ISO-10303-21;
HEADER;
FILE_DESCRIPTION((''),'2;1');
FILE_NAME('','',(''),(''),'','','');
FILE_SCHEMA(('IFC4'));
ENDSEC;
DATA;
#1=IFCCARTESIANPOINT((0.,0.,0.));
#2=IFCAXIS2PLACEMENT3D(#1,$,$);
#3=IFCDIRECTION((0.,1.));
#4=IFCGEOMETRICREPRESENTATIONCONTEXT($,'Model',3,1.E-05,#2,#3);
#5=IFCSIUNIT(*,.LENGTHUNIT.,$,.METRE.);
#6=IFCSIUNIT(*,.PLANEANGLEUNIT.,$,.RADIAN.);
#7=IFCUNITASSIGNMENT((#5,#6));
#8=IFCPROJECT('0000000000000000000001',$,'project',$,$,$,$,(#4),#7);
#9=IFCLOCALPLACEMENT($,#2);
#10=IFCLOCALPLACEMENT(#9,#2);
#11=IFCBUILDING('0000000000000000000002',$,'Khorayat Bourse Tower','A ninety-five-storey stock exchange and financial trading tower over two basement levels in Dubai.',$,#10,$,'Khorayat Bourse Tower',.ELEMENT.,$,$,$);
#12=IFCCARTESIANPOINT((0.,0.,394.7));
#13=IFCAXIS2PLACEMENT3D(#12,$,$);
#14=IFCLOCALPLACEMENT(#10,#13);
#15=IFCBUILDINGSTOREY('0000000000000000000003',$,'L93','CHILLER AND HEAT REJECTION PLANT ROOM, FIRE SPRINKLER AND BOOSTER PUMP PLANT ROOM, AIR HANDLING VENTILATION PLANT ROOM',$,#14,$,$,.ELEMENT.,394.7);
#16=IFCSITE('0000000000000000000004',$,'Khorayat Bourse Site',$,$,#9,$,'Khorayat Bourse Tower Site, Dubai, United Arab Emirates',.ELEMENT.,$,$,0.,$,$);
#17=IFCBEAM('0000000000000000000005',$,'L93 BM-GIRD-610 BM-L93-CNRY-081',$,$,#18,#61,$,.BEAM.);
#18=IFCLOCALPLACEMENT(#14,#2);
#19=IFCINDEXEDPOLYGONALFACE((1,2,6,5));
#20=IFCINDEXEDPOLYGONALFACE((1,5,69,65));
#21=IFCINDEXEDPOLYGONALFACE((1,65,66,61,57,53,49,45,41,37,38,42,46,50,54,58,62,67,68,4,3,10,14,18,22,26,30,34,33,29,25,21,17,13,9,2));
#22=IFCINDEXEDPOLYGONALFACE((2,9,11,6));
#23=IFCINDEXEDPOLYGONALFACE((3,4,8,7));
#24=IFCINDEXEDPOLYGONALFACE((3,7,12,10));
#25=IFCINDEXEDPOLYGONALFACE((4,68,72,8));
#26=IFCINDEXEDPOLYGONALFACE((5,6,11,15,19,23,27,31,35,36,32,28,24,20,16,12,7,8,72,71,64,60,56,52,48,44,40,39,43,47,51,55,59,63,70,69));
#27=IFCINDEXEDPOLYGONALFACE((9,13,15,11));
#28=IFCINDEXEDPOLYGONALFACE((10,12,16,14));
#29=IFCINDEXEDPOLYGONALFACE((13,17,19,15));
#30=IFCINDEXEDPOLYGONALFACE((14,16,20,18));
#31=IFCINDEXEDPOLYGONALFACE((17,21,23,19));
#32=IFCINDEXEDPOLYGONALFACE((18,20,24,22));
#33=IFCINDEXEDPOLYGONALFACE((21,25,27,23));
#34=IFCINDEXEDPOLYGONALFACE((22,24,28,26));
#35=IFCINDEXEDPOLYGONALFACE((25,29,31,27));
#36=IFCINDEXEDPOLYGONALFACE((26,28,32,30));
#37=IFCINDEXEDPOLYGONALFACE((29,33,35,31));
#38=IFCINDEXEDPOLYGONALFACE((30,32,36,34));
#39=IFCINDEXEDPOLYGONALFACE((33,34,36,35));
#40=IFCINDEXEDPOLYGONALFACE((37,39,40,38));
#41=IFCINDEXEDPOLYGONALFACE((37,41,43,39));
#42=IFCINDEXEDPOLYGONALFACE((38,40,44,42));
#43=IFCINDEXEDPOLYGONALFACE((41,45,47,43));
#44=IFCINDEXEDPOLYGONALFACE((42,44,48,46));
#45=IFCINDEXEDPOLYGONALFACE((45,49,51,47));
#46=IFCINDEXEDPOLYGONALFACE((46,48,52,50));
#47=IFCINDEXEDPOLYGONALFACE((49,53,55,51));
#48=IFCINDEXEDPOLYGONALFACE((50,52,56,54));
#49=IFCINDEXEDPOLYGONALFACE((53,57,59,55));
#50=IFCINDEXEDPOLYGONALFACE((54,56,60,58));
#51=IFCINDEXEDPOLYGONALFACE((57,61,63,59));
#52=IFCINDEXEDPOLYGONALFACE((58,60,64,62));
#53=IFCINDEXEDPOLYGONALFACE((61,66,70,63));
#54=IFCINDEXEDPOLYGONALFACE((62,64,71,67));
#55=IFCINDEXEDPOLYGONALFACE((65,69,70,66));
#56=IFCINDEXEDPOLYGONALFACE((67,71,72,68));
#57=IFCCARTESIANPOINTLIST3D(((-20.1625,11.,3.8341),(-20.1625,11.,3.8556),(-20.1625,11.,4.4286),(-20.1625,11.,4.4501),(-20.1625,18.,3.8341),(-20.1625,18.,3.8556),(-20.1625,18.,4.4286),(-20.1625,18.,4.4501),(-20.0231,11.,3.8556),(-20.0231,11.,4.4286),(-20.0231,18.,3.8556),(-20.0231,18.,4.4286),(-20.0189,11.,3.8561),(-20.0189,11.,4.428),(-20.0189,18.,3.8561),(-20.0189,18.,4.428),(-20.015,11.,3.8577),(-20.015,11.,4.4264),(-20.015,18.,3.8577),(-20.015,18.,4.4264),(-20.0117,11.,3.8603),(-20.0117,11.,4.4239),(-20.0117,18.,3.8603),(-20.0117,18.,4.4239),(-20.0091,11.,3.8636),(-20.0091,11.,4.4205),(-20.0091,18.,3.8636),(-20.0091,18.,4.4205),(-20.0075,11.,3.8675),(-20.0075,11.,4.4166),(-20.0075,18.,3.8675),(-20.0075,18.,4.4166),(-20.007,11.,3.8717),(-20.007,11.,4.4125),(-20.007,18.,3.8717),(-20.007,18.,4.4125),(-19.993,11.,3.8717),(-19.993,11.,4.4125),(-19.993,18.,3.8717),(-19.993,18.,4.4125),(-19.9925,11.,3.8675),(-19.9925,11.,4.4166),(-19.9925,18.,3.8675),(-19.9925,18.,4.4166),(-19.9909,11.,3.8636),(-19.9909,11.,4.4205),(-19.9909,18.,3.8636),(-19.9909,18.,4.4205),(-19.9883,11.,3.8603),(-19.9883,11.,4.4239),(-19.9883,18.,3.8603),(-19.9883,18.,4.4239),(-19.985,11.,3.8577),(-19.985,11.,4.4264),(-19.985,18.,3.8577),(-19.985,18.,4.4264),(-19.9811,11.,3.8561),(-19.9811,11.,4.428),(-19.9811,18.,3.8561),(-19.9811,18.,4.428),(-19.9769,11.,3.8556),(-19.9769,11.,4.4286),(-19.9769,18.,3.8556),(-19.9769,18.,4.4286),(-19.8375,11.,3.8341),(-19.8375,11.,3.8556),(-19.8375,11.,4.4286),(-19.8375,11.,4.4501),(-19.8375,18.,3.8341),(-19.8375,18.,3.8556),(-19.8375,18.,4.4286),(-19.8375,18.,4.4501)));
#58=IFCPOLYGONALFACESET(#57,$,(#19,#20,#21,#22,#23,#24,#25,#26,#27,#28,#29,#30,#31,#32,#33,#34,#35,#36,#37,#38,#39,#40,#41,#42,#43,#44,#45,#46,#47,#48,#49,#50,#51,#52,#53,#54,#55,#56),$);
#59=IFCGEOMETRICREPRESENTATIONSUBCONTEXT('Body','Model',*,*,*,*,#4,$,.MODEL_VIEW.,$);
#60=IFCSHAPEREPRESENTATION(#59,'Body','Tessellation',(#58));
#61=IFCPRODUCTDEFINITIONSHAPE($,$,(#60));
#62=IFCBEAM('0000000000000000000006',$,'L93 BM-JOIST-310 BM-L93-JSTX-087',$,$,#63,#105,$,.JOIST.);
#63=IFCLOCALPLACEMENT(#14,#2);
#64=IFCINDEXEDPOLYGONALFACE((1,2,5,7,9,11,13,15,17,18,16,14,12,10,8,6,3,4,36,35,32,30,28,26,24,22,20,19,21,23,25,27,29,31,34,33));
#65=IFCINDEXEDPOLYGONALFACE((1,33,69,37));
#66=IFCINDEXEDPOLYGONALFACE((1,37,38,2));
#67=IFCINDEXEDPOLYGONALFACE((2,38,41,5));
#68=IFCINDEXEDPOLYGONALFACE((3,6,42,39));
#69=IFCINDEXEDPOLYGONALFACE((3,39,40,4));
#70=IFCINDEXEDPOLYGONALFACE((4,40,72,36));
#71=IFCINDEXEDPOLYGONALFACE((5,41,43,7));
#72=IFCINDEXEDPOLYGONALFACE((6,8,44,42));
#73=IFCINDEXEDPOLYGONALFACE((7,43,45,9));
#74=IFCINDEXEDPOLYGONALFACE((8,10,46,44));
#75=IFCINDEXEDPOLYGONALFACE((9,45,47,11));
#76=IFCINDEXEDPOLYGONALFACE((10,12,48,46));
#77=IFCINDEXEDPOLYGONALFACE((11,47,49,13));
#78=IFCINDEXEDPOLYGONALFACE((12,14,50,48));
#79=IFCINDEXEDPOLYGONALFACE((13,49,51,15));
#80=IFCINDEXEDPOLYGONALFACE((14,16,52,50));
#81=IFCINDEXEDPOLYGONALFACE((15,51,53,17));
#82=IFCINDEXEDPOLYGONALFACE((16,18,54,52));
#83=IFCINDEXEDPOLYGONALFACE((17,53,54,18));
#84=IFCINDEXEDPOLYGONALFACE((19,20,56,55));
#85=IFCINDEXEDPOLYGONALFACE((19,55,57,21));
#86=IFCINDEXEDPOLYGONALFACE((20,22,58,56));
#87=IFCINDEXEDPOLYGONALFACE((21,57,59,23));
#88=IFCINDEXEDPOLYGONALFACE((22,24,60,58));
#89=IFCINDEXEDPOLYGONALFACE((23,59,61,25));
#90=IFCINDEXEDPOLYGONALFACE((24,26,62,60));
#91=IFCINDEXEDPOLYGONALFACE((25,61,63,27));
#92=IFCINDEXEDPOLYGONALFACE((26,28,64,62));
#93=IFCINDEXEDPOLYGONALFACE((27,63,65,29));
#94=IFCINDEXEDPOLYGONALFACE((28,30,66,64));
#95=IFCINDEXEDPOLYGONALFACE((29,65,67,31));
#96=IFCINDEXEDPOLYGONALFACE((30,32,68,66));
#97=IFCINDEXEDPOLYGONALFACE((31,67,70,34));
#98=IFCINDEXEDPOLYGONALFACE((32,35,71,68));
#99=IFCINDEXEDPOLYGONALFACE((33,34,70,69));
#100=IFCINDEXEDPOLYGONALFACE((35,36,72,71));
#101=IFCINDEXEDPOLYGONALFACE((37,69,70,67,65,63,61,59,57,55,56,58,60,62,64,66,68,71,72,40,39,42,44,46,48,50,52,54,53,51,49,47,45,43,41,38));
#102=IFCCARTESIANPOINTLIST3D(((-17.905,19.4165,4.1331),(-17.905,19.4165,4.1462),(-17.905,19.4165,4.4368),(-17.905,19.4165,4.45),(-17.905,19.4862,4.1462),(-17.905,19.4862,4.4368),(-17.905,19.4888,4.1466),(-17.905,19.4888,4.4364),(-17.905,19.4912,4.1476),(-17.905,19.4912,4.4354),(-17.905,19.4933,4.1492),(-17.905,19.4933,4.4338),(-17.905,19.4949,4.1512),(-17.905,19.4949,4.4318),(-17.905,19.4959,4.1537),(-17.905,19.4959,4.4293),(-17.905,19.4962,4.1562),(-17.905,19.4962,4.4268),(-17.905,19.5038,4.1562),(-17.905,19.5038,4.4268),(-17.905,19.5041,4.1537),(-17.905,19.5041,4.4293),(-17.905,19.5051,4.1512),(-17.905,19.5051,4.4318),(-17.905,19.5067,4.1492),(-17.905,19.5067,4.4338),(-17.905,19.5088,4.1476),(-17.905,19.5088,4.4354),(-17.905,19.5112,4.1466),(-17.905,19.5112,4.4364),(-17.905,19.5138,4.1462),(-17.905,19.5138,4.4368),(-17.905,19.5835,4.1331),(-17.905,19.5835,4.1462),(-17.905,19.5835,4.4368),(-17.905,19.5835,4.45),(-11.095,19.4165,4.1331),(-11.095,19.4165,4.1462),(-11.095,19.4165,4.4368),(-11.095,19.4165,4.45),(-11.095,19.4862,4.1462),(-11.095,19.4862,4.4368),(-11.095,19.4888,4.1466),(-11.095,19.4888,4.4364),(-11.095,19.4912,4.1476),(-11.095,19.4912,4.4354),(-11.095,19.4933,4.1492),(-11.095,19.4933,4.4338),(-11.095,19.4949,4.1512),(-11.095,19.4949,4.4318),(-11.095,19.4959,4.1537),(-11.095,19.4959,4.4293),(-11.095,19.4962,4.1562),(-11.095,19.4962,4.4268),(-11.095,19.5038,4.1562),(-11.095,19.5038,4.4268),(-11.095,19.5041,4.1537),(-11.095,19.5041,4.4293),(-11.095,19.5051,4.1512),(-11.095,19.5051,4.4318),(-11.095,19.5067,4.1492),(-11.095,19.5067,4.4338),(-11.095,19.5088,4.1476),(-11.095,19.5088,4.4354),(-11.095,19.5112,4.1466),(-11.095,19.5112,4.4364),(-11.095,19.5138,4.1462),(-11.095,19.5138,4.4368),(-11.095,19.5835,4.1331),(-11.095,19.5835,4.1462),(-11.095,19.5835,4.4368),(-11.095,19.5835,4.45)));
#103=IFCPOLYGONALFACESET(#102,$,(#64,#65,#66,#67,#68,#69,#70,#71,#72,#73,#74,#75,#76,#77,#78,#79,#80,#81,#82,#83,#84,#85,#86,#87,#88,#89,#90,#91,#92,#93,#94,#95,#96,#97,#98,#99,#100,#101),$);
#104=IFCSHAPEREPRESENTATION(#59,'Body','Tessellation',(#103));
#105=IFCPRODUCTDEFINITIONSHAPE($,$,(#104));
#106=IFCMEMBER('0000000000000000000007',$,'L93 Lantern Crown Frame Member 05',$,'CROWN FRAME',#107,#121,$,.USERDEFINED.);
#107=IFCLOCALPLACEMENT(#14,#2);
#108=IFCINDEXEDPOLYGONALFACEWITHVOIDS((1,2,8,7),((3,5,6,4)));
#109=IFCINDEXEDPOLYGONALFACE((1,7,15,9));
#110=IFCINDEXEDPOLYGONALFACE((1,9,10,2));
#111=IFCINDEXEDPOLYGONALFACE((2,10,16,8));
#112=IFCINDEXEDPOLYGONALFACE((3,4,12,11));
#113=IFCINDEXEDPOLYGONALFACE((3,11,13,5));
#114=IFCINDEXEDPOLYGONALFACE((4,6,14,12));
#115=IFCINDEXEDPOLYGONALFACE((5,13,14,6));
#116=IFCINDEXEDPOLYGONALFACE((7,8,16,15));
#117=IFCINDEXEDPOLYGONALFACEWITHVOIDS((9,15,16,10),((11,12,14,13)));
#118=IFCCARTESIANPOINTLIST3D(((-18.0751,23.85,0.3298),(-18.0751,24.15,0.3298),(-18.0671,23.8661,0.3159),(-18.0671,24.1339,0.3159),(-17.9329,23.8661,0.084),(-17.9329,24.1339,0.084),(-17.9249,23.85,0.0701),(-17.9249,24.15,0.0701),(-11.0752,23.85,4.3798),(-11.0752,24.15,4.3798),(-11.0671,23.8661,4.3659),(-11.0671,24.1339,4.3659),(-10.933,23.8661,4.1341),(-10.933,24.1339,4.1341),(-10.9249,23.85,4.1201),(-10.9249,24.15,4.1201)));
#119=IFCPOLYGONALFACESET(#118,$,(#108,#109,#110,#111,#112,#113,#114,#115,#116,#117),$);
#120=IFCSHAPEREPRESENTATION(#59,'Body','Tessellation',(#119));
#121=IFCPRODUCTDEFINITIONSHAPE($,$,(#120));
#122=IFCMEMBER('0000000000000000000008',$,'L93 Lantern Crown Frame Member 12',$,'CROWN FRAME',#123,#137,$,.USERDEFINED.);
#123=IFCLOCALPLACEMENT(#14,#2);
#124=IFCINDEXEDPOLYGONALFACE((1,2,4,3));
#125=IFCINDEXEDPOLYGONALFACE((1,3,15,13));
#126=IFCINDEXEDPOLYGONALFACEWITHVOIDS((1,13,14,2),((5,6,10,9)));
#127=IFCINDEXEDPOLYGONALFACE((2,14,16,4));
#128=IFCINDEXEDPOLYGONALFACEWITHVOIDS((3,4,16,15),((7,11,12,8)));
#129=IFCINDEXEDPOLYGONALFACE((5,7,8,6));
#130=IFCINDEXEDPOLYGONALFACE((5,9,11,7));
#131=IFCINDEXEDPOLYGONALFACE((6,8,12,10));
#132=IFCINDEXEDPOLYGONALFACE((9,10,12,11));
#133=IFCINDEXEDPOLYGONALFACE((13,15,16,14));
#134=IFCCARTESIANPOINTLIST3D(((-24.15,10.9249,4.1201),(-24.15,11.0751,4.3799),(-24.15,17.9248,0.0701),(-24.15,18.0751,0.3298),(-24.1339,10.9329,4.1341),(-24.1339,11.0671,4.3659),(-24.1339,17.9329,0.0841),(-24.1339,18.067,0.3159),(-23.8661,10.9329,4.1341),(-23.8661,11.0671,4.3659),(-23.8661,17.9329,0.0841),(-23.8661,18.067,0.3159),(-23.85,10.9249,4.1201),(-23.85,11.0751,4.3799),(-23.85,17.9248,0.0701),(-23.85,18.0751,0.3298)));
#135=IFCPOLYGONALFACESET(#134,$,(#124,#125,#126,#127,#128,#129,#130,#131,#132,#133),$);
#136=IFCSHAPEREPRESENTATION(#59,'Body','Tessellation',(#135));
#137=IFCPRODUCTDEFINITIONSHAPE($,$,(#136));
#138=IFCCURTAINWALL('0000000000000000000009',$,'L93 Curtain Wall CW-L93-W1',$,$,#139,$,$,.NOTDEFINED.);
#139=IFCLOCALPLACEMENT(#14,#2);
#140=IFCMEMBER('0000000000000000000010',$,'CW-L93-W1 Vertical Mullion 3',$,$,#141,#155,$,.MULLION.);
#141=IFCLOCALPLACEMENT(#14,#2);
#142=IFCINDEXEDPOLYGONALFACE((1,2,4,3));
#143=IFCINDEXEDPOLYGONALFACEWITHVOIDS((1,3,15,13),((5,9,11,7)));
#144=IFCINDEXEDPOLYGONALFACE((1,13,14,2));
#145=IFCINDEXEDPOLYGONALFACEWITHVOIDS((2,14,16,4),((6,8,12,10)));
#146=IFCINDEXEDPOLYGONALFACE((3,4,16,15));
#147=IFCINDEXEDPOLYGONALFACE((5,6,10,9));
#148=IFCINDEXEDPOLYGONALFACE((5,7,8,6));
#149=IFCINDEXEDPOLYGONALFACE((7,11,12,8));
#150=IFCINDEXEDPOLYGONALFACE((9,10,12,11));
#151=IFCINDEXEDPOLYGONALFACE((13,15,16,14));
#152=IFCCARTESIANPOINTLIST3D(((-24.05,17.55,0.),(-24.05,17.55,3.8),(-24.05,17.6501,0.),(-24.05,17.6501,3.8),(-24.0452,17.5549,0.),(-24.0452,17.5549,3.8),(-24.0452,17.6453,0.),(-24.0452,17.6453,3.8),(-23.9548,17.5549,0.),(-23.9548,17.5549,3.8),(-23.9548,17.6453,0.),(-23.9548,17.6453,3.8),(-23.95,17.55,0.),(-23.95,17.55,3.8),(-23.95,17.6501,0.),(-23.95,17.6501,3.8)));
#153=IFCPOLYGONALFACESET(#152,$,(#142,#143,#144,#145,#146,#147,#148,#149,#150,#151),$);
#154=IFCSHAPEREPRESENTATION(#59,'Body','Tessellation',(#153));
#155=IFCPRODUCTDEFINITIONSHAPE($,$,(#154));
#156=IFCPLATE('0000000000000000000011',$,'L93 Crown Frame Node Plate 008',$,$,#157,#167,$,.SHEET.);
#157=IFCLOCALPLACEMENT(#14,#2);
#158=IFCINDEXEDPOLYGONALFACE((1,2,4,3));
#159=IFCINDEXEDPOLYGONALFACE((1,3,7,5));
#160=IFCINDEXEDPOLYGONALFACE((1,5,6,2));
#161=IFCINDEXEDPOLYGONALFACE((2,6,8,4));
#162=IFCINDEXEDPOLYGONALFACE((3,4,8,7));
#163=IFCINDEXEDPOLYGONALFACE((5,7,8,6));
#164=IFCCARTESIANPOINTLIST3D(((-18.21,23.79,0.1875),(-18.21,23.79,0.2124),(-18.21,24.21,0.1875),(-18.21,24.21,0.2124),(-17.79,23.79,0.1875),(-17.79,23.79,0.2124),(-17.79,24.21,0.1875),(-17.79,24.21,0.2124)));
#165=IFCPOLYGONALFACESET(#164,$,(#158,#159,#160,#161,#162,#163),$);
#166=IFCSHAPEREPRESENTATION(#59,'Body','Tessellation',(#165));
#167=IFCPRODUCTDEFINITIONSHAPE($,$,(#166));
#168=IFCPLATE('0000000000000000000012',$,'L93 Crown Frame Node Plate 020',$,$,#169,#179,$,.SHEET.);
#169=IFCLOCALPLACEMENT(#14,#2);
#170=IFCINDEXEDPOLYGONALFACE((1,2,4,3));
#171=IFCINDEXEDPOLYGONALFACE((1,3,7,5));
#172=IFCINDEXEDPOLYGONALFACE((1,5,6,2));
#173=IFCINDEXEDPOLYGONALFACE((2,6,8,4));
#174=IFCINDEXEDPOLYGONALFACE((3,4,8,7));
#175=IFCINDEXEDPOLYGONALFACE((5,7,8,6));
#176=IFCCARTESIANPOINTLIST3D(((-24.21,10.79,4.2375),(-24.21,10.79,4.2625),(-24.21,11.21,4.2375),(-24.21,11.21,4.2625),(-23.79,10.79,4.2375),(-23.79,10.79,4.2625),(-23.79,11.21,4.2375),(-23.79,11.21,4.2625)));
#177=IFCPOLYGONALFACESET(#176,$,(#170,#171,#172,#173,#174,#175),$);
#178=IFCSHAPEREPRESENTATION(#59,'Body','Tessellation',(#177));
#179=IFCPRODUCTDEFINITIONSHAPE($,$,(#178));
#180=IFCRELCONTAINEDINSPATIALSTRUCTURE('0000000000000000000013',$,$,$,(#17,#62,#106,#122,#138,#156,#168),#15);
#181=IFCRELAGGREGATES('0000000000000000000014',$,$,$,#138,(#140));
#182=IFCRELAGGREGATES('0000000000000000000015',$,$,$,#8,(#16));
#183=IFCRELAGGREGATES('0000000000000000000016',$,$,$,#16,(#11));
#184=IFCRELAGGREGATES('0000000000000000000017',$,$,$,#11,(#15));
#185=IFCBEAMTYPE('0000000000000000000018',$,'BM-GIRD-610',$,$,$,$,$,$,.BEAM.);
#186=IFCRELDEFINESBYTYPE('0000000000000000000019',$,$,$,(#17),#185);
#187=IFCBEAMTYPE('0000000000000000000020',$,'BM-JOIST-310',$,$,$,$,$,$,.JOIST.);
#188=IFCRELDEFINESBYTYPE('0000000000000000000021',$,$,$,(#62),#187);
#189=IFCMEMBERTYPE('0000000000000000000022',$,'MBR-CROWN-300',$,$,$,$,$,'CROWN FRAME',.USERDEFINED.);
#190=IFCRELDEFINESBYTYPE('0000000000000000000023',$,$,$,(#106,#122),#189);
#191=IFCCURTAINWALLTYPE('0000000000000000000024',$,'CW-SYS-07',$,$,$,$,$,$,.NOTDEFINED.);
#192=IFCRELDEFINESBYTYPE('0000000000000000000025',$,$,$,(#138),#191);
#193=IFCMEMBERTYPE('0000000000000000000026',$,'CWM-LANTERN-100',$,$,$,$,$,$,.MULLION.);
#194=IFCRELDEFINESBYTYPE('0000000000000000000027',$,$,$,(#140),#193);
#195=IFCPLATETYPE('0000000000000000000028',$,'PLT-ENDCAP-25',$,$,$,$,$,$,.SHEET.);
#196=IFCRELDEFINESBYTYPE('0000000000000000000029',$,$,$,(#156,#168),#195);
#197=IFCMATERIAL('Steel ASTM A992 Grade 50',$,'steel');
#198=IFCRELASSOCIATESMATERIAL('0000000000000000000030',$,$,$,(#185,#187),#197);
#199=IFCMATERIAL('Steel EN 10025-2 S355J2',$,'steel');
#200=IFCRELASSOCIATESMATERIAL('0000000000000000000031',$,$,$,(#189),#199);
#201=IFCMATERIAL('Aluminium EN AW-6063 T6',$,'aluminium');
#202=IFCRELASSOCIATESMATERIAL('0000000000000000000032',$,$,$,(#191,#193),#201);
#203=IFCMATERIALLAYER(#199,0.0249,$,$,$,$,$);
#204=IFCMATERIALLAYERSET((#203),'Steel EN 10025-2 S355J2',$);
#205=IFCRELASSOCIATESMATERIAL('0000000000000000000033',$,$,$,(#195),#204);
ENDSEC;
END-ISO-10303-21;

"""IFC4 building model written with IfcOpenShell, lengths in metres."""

from ifc_helpers import new_model, si_unit, direction, frame, origin, origin_2d, place, context, subcontext, project, spatial, rectangle, hollow_rectangle, i_section, extrude, source, transform, mapped, material, layer, layer_set, material_profile, profile_set, type_object, element, aggregate, save


model = new_model("IFC4")

# Units and contexts
model_context = context("Model", 3, precision=1e-05, world=origin(), true_north=direction((0.0, 1.0)))
body_context = subcontext(model_context, "Body", "Model", "MODEL_VIEW")
ifc_project = project(units=[si_unit("LENGTHUNIT", "METRE"), si_unit("PLANEANGLEUNIT", "RADIAN")], contexts=[model_context])

# Site, building, storey
site_placement = place(None, origin())
site = spatial("IfcSite", under=ifc_project, at=site_placement, Name="Khorayat Bourse Site", LongName="Khorayat Bourse Tower Site, Dubai, United Arab Emirates", CompositionType="ELEMENT", RefElevation=0.0)
building_placement = place(site_placement, origin())
building = spatial("IfcBuilding", under=site, at=building_placement, Name="Khorayat Bourse Tower", Description="A ninety-five-storey stock exchange and financial trading tower over two basement levels in Dubai.", LongName="Khorayat Bourse Tower", CompositionType="ELEMENT")
storey_placement = place(building_placement, frame((0.0, 0.0, 394.7)))
storey = spatial("IfcBuildingStorey", under=building, at=storey_placement, Name="L93", Description="CHILLER AND HEAT REJECTION PLANT ROOM, FIRE SPRINKLER AND BOOSTER PUMP PLANT ROOM, AIR HANDLING VENTILATION PLANT ROOM", CompositionType="ELEMENT", Elevation=394.7)

# Shared definitions
ifc_material_1 = material(Name="Steel EN 10025-2 S355J2", Category="steel")

# Beams
ifc_material_2 = material(Name="Steel ASTM A992 Grade 50", Category="steel")
ifc_material_profile_1 = material_profile(ifc_material_2, i_section(OverallWidth=0.325, OverallDepth=0.616, WebThickness=0.0139, FlangeThickness=0.0215, FilletRadius=0.0161, at=origin_2d()), Name="W610X174")
ifc_profile_set_1 = profile_set([ifc_material_profile_1], Name="Steel ASTM A992 Grade 50")
beam_type_1 = type_object("IfcBeamType", Name="BM-GIRD-610", PredefinedType="BEAM", material=ifc_profile_set_1)
shared_shape_1 = source(origin(), body_context, "Body", "SweptSolid", [
    extrude(i_section(OverallWidth=0.325, OverallDepth=0.616, WebThickness=0.0139, FlangeThickness=0.0215, FilletRadius=0.0161, at=origin_2d()), origin(), (0.0, 0.0, 1.0), 7.0),
])
for number, where, z_axis, x_axis, name in (
    (1, (-20.0, 11.0, 4.1421), (0.0, 1.0, 0.0), (-1.0, 0.0, 0.0), "L93 BM-GIRD-610 BM-L93-CNRY-081"),
):
    element("IfcBeam", number, at=place(storey_placement, frame(where, z_axis=z_axis, x_axis=x_axis)), inside=storey, type_object=beam_type_1, Name=name, PredefinedType="BEAM", context=body_context, shape_type="MappedRepresentation", body=[
        mapped(shared_shape_1, transform((0.0, 0.0, 0.0), scale=1.0)),
    ])
ifc_material_profile_2 = material_profile(ifc_material_2, i_section(OverallWidth=0.167, OverallDepth=0.3169, WebThickness=0.0076, FlangeThickness=0.0132, FilletRadius=0.01, at=origin_2d()), Name="W310X52")
ifc_profile_set_2 = profile_set([ifc_material_profile_2], Name="Steel ASTM A992 Grade 50")
beam_type_2 = type_object("IfcBeamType", Name="BM-JOIST-310", PredefinedType="JOIST", material=ifc_profile_set_2)
shared_shape_2 = source(origin(), body_context, "Body", "SweptSolid", [
    extrude(i_section(OverallWidth=0.167, OverallDepth=0.3169, WebThickness=0.0076, FlangeThickness=0.0132, FilletRadius=0.01, at=origin_2d()), origin(), (0.0, 0.0, 1.0), 6.8101),
])
beam_1_placement = place(storey_placement, frame((-17.905, 19.5, 4.2915), z_axis=(1.0, 0.0, 0.0), x_axis=(0.0, 1.0, 0.0)))
element("IfcBeam", 2, at=beam_1_placement, inside=storey, type_object=beam_type_2, Name="L93 BM-JOIST-310 BM-L93-JSTX-087", PredefinedType="JOIST", context=body_context, shape_type="MappedRepresentation", body=[
    mapped(shared_shape_2, transform((0.0, 0.0, 0.0), scale=1.0)),
])

# Members
ifc_material_profile_3 = material_profile(ifc_material_1, hollow_rectangle(XDim=0.3, YDim=0.3, WallThickness=0.0161, at=origin_2d()), Name="HSS 300x300x16")
ifc_profile_set_3 = profile_set([ifc_material_profile_3], Name="Steel EN 10025-2 S355J2")
member_type_1 = type_object("IfcMemberType", Name="MBR-CROWN-300", ElementType="CROWN FRAME", PredefinedType="USERDEFINED", material=ifc_profile_set_3)
shared_shape_3 = source(origin(), body_context, "Body", "SweptSolid", [
    extrude(hollow_rectangle(XDim=0.3, YDim=0.3, WallThickness=0.0161, at=origin_2d()), origin(), (0.0, 0.0, 1.0), 8.0872),
])
for number, where, z_axis, x_axis, name in (
    (3, (-18.0, 24.0, 0.2), (0.865565, 0.0, 0.500797), (0.0, 1.0, 0.0), "L93 Lantern Crown Frame Member 05"),
    (4, (-24.0, 11.0, 4.25), (0.0, 0.865565, -0.500797), (-1.0, 0.0, 0.0), "L93 Lantern Crown Frame Member 12"),
):
    element("IfcMember", number, at=place(storey_placement, frame(where, z_axis=z_axis, x_axis=x_axis)), inside=storey, type_object=member_type_1, Name=name, ObjectType="CROWN FRAME", PredefinedType="USERDEFINED", context=body_context, shape_type="MappedRepresentation", body=[
        mapped(shared_shape_3, transform((0.0, 0.0, 0.0), scale=1.0)),
    ])

# Curtain wall, member
ifc_material_3 = material(Name="Aluminium EN AW-6063 T6", Category="aluminium")
curtain_wall_type = type_object("IfcCurtainWallType", Name="CW-SYS-07", PredefinedType="NOTDEFINED", material=ifc_material_3)
curtain_wall_placement = place(storey_placement, origin())
curtain_wall = element("IfcCurtainWall", 5, at=curtain_wall_placement, inside=storey, type_object=curtain_wall_type, Name="L93 Curtain Wall CW-L93-W1", PredefinedType="NOTDEFINED")
ifc_material_profile_4 = material_profile(ifc_material_3, hollow_rectangle(XDim=0.1001, YDim=0.1001, WallThickness=0.0049, at=origin_2d()), Name="ALU 100x100x5")
ifc_profile_set_4 = profile_set([ifc_material_profile_4], Name="Aluminium EN AW-6063 T6")
member_type_2 = type_object("IfcMemberType", Name="CWM-LANTERN-100", PredefinedType="MULLION", material=ifc_profile_set_4)
shared_shape_4 = source(origin(), body_context, "Body", "SweptSolid", [
    extrude(hollow_rectangle(XDim=0.1001, YDim=0.1001, WallThickness=0.0049, at=origin_2d()), origin(), (0.0, 0.0, 1.0), 3.8),
])
member_placement = place(storey_placement, frame((-24.0, 17.6001, 0.0), z_axis=(0.0, 0.0, 1.0), x_axis=(-1.0, 0.0, 0.0)))
member = element("IfcMember", 6, at=member_placement, type_object=member_type_2, Name="CW-L93-W1 Vertical Mullion 3", PredefinedType="MULLION", context=body_context, shape_type="MappedRepresentation", body=[
    mapped(shared_shape_4, transform((0.0, 0.0, 0.0), scale=1.0)),
])
aggregate(curtain_wall, [member])

# Plates
ifc_layer_1 = layer(ifc_material_1, 0.0249)
ifc_layer_set_1 = layer_set([ifc_layer_1], Name="Steel EN 10025-2 S355J2")
plate_type = type_object("IfcPlateType", Name="PLT-ENDCAP-25", PredefinedType="SHEET", material=ifc_layer_set_1)
shared_shape_5 = source(origin(), body_context, "Body", "SweptSolid", [
    extrude(rectangle(XDim=0.4199, YDim=0.4199, at=origin_2d()), origin(), (0.0, 0.0, 1.0), 0.0249),
])
for number, where, z_axis, x_axis, name in (
    (7, (-18.0, 24.0, 0.1875), (0.0, 0.0, 1.0), (1.0, 0.0, 0.0), "L93 Crown Frame Node Plate 008"),
    (8, (-24.0, 11.0, 4.2375), (0.0, 0.0, 1.0), (1.0, 0.0, 0.0), "L93 Crown Frame Node Plate 020"),
):
    element("IfcPlate", number, at=place(storey_placement, frame(where, z_axis=z_axis, x_axis=x_axis)), inside=storey, type_object=plate_type, Name=name, PredefinedType="SHEET", context=body_context, shape_type="MappedRepresentation", body=[
        mapped(shared_shape_5, transform((0.0, 0.0, 0.0), scale=1.0)),
    ])

save(model, "model.ifc")
